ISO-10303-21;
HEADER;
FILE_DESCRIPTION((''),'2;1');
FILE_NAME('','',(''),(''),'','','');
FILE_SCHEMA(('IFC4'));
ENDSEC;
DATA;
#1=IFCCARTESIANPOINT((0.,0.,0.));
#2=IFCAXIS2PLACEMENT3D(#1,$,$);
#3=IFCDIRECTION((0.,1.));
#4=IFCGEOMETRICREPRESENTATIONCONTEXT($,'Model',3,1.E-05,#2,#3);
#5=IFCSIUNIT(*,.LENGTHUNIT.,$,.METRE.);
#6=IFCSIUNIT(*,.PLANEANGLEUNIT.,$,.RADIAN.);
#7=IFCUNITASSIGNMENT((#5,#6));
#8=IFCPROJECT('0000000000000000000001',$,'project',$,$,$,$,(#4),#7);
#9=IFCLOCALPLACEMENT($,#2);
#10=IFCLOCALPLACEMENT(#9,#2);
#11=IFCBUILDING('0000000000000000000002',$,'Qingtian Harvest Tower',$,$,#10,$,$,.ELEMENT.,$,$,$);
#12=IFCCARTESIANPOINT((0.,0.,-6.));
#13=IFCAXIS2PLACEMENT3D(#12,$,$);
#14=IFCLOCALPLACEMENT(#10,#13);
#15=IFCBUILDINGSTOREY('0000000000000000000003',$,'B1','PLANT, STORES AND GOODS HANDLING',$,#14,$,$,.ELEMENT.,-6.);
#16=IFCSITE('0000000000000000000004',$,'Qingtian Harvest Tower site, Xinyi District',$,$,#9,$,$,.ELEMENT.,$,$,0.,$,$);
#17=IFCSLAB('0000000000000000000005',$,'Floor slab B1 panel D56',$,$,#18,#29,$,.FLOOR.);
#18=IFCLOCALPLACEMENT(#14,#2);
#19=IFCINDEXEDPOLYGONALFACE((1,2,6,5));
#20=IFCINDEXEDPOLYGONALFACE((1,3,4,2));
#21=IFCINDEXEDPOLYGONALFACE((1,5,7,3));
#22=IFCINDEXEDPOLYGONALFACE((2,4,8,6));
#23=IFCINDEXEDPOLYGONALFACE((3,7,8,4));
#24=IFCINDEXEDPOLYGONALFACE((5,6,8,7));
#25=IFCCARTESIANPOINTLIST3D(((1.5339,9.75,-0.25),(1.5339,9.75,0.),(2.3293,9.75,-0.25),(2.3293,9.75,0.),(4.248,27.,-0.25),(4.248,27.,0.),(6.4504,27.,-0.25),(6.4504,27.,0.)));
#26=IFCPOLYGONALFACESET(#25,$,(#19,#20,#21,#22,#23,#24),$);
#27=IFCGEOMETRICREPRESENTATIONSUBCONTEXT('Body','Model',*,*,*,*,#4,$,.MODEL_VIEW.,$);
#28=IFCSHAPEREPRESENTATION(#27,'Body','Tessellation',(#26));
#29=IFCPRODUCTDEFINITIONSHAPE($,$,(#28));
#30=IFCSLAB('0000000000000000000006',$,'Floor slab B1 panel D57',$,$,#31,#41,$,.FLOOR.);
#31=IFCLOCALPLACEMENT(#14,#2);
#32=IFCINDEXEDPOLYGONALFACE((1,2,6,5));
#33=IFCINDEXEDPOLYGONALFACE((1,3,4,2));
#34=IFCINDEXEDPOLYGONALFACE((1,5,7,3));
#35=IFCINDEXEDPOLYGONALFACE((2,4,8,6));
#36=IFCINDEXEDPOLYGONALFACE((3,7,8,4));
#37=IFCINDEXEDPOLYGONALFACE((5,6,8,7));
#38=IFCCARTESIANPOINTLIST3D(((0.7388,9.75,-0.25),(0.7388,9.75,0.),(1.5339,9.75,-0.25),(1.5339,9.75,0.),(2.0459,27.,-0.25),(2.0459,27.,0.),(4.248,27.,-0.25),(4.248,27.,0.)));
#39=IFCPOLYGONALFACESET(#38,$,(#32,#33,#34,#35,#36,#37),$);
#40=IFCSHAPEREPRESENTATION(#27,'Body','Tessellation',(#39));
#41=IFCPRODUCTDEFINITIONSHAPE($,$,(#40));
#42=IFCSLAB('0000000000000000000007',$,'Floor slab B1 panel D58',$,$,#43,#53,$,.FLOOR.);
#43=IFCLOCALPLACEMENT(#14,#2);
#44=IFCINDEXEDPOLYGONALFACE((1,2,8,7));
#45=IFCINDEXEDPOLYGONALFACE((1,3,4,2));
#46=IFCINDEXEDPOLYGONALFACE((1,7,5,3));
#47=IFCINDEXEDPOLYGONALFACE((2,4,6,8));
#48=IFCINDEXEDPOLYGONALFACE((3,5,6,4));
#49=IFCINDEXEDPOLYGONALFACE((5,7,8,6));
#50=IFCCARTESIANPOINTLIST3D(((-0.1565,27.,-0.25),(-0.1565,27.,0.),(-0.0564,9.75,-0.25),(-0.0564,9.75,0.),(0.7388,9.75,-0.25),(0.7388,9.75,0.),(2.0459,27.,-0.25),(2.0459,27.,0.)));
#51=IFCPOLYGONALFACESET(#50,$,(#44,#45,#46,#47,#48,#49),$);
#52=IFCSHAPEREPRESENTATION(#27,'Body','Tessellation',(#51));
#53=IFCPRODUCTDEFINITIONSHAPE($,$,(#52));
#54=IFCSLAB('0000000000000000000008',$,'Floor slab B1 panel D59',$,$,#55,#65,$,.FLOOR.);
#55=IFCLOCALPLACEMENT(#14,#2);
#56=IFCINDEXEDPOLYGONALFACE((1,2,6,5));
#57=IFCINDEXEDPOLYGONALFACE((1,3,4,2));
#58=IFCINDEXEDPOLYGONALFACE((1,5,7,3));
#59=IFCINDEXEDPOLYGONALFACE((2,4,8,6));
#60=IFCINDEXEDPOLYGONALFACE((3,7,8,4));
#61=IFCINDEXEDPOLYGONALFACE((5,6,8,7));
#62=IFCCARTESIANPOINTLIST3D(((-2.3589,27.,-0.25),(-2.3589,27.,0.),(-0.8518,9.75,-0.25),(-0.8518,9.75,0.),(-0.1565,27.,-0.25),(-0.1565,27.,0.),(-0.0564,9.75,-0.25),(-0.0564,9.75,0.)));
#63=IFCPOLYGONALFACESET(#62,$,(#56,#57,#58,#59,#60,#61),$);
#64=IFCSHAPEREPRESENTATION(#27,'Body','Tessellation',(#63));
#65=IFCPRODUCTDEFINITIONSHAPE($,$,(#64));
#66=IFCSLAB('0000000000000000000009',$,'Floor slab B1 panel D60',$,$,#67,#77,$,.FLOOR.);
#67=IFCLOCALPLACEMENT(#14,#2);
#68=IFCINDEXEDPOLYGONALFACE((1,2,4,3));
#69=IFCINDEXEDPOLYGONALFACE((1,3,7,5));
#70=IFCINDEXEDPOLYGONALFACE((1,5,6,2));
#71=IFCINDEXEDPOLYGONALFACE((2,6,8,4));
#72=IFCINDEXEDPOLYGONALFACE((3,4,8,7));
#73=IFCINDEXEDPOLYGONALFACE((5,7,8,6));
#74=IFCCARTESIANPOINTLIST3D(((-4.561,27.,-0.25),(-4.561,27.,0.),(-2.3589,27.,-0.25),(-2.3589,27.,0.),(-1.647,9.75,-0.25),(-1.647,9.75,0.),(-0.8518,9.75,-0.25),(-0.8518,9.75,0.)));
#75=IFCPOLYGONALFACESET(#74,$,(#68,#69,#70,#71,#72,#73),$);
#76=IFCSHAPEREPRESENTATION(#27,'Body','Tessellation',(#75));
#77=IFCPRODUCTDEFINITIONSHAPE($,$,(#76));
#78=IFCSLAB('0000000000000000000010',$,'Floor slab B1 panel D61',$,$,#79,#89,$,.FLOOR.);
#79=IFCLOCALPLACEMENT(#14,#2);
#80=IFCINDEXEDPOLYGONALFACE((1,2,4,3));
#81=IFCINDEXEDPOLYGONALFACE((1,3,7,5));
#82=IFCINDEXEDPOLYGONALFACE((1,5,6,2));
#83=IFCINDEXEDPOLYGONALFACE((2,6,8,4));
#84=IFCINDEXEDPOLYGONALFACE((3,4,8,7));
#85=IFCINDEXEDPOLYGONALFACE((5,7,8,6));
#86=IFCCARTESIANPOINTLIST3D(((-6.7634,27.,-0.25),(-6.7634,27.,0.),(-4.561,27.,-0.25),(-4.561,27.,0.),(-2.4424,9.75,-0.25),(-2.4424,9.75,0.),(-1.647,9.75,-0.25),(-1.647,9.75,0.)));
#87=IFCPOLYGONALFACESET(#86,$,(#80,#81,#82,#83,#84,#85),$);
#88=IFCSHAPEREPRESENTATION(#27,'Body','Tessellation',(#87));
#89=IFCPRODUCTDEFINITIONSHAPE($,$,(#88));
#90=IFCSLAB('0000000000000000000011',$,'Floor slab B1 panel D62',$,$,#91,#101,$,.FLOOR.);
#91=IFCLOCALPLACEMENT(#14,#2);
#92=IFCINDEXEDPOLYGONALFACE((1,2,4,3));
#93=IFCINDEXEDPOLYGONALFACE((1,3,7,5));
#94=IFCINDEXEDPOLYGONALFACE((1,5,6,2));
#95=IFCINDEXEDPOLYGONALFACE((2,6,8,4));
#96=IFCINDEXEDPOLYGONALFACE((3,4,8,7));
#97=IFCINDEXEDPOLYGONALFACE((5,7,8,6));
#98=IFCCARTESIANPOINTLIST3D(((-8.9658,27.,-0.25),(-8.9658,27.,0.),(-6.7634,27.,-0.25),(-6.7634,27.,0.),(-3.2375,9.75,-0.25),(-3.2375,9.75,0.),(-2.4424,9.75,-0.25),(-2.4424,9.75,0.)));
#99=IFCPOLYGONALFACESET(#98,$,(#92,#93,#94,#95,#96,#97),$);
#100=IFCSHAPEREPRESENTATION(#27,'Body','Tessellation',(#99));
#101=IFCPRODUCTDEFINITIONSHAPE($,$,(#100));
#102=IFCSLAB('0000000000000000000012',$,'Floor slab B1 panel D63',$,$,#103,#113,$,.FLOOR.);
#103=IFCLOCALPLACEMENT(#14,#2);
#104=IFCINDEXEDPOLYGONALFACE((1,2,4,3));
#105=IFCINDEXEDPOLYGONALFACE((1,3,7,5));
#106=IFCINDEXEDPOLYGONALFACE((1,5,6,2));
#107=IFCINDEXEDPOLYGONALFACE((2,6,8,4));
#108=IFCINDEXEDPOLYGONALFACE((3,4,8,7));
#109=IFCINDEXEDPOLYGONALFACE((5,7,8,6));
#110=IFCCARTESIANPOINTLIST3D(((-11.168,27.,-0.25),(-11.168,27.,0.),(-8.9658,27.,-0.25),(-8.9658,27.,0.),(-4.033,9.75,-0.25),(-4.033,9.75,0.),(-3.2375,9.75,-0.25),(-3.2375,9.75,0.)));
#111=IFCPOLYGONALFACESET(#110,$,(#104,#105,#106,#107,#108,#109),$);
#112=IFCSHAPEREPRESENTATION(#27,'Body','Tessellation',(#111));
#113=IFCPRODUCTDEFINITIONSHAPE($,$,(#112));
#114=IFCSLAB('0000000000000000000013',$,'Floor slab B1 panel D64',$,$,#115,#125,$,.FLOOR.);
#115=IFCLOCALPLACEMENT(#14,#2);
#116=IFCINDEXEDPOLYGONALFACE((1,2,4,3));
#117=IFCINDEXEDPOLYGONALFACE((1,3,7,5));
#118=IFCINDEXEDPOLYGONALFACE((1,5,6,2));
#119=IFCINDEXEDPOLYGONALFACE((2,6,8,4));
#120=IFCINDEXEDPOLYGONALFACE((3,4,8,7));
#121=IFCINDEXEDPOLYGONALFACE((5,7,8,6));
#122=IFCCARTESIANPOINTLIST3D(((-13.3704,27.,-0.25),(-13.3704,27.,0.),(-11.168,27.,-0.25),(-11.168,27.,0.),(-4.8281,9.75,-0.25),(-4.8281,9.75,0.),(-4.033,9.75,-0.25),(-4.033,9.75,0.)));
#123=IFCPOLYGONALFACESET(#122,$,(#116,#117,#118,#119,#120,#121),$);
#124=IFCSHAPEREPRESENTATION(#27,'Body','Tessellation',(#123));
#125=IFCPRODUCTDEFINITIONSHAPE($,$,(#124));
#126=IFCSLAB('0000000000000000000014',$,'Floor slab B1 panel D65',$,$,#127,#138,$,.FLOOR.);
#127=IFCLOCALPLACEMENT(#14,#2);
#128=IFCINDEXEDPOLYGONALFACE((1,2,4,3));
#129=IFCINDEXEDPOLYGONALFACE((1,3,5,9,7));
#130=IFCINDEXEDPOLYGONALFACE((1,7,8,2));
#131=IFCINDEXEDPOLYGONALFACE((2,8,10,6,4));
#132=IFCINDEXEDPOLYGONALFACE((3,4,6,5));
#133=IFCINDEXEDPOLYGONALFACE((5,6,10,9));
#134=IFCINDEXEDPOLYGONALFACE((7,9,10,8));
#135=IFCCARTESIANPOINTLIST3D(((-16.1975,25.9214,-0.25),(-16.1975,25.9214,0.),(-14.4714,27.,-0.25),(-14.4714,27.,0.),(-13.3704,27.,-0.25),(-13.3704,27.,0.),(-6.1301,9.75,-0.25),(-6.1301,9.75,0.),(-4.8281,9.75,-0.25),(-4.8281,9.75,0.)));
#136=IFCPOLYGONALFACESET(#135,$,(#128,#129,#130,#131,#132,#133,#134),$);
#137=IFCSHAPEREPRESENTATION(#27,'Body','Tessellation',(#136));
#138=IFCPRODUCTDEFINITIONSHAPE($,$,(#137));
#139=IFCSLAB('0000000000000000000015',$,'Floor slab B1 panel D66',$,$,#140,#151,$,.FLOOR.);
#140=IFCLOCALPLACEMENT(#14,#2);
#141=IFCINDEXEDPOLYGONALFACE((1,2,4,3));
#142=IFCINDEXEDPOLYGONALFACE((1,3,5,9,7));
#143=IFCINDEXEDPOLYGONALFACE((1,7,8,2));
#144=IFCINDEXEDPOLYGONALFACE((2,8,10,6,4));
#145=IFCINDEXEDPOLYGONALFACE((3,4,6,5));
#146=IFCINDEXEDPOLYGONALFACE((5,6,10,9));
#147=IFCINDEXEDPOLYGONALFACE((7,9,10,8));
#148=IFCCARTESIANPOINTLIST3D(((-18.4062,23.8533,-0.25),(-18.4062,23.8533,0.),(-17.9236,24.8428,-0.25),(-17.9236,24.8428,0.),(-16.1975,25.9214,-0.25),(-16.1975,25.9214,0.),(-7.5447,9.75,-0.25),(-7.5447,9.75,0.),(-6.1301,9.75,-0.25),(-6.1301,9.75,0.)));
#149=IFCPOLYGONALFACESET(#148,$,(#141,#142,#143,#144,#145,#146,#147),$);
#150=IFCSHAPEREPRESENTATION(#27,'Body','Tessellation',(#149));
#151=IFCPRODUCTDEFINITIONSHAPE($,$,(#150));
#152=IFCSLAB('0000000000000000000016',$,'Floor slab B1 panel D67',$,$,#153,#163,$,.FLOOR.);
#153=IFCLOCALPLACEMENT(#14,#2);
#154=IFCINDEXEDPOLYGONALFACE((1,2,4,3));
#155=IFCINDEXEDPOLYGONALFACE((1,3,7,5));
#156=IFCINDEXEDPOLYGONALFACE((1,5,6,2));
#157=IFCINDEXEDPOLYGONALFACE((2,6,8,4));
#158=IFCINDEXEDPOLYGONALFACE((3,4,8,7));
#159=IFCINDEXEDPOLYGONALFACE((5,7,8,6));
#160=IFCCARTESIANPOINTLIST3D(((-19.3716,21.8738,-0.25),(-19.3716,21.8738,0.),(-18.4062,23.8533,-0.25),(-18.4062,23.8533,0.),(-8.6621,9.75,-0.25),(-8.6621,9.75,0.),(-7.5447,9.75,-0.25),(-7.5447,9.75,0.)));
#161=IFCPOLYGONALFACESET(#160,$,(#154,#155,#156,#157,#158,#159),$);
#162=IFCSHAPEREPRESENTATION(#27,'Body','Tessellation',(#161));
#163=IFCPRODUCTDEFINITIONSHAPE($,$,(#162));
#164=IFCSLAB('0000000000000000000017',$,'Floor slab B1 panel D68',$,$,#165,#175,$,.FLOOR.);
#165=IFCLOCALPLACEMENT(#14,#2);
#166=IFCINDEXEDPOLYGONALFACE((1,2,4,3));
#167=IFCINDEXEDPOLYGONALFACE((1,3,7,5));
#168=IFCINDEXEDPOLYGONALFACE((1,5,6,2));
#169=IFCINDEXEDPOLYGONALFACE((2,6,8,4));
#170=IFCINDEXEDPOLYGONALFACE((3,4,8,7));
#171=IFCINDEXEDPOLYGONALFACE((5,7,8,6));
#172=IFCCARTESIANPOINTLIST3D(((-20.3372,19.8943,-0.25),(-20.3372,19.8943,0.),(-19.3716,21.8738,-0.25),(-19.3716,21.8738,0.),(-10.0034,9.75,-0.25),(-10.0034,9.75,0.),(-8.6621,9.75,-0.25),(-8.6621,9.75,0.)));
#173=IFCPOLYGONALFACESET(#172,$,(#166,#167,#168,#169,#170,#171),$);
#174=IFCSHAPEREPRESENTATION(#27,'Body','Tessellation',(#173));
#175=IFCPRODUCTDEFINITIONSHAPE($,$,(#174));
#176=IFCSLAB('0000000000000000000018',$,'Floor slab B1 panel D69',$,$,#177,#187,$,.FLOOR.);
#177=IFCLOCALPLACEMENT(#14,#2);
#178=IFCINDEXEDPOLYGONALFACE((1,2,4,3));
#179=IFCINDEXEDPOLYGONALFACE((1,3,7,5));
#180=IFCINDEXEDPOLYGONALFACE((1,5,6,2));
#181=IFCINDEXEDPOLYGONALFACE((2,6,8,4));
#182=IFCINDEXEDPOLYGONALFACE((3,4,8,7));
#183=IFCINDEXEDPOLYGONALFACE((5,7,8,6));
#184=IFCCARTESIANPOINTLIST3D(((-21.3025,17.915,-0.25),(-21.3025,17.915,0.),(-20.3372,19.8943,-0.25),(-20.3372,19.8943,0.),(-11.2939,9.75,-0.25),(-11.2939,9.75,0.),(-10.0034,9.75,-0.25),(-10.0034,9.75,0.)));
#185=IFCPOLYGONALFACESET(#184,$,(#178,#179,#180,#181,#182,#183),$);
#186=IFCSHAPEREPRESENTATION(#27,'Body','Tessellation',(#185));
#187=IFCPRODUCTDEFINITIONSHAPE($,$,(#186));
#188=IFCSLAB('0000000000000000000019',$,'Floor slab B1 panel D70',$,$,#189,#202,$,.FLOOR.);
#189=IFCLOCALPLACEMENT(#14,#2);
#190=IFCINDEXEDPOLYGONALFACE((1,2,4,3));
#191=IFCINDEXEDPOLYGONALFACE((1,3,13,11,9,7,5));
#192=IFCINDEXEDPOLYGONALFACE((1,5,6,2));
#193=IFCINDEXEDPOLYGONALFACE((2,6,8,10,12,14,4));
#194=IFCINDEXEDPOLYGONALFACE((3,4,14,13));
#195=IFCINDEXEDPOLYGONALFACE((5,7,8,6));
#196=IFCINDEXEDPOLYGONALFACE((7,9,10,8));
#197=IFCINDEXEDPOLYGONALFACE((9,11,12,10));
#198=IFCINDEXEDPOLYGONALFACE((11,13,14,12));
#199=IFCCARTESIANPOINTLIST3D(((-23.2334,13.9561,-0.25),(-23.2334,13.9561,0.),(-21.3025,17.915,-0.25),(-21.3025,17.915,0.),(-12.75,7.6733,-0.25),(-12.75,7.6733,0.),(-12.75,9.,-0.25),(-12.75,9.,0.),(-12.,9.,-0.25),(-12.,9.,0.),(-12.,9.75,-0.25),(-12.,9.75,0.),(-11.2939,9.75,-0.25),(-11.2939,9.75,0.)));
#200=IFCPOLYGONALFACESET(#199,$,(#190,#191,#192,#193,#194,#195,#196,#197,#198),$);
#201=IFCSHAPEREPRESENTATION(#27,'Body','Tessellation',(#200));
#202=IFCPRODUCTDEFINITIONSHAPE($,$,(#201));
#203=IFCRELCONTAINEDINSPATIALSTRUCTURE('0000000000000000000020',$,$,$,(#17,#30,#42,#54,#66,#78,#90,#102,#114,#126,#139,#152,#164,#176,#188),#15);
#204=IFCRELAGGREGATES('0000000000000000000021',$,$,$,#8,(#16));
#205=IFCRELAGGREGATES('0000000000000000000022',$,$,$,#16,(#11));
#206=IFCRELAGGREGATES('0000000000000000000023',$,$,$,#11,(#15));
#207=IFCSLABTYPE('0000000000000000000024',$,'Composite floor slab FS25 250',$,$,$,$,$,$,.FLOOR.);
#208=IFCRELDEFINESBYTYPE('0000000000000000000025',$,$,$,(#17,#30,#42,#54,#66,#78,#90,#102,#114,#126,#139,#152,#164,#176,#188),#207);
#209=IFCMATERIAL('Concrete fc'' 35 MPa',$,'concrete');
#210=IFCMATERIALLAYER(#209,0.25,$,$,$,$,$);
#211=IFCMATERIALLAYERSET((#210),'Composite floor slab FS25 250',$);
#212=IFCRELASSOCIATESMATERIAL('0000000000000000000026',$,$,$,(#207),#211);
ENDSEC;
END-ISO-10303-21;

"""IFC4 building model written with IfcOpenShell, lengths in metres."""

from ifc_helpers import new_model, si_unit, direction, frame, origin, place, context, subcontext, project, spatial, polyline, outline, extrude, material, layer, layer_set, type_object, element, save


model = new_model("IFC4")

# Units and contexts
model_context = context("Model", 3, precision=1e-05, world=origin(), true_north=direction((0.0, 1.0)))
body_context = subcontext(model_context, "Body", "Model", "MODEL_VIEW")
ifc_project = project(units=[si_unit("LENGTHUNIT", "METRE"), si_unit("PLANEANGLEUNIT", "RADIAN")], contexts=[model_context])

# Site, building, storey
site_placement = place(None, origin())
site = spatial("IfcSite", under=ifc_project, at=site_placement, Name="Qingtian Harvest Tower site, Xinyi District", CompositionType="ELEMENT", RefElevation=0.0)
building_placement = place(site_placement, origin())
building = spatial("IfcBuilding", under=site, at=building_placement, Name="Qingtian Harvest Tower", CompositionType="ELEMENT")
storey_placement = place(building_placement, frame((0.0, 0.0, -6.0)))
storey = spatial("IfcBuildingStorey", under=building, at=storey_placement, Name="B1", Description="PLANT, STORES AND GOODS HANDLING", CompositionType="ELEMENT", Elevation=-6.0)

# Slabs
ifc_material_1 = material(Name="Concrete fc' 35 MPa", Category="concrete")
ifc_layer_1 = layer(ifc_material_1, 0.25)
ifc_layer_set_1 = layer_set([ifc_layer_1], Name="Composite floor slab FS25 250")
slab_type = type_object("IfcSlabType", Name="Composite floor slab FS25 250", PredefinedType="FLOOR", material=ifc_layer_set_1)
slab_1_placement = place(storey_placement, frame((0.0, 0.0, -0.25)))
element("IfcSlab", 1, at=slab_1_placement, inside=storey, type_object=slab_type, Name="Floor slab B1 panel D56", PredefinedType="FLOOR", context=body_context, shape_type="SweptSolid", body=[
    extrude(outline(polyline([(1.5339, 9.75), (4.248, 27.0), (6.4504, 27.0), (2.3293, 9.75), (1.5339, 9.75)])), origin(), (0.0, 0.0, 1.0), 0.25),
])
slab_2_placement = place(storey_placement, frame((0.0, 0.0, -0.25)))
element("IfcSlab", 2, at=slab_2_placement, inside=storey, type_object=slab_type, Name="Floor slab B1 panel D57", PredefinedType="FLOOR", context=body_context, shape_type="SweptSolid", body=[
    extrude(outline(polyline([(0.7388, 9.75), (2.0459, 27.0), (4.248, 27.0), (1.5339, 9.75), (0.7388, 9.75)])), origin(), (0.0, 0.0, 1.0), 0.25),
])
slab_3_placement = place(storey_placement, frame((0.0, 0.0, -0.25)))
element("IfcSlab", 3, at=slab_3_placement, inside=storey, type_object=slab_type, Name="Floor slab B1 panel D58", PredefinedType="FLOOR", context=body_context, shape_type="SweptSolid", body=[
    extrude(outline(polyline([(-0.0564, 9.75), (-0.1565, 27.0), (2.0459, 27.0), (0.7388, 9.75), (-0.0564, 9.75)])), origin(), (0.0, 0.0, 1.0), 0.25),
])
slab_4_placement = place(storey_placement, frame((0.0, 0.0, -0.25)))
element("IfcSlab", 4, at=slab_4_placement, inside=storey, type_object=slab_type, Name="Floor slab B1 panel D59", PredefinedType="FLOOR", context=body_context, shape_type="SweptSolid", body=[
    extrude(outline(polyline([(-0.8518, 9.75), (-2.3589, 27.0), (-0.1565, 27.0), (-0.0564, 9.75), (-0.8518, 9.75)])), origin(), (0.0, 0.0, 1.0), 0.25),
])
slab_5_placement = place(storey_placement, frame((0.0, 0.0, -0.25)))
element("IfcSlab", 5, at=slab_5_placement, inside=storey, type_object=slab_type, Name="Floor slab B1 panel D60", PredefinedType="FLOOR", context=body_context, shape_type="SweptSolid", body=[
    extrude(outline(polyline([(-1.647, 9.75), (-4.561, 27.0), (-2.3589, 27.0), (-0.8518, 9.75), (-1.647, 9.75)])), origin(), (0.0, 0.0, 1.0), 0.25),
])
slab_6_placement = place(storey_placement, frame((0.0, 0.0, -0.25)))
element("IfcSlab", 6, at=slab_6_placement, inside=storey, type_object=slab_type, Name="Floor slab B1 panel D61", PredefinedType="FLOOR", context=body_context, shape_type="SweptSolid", body=[
    extrude(outline(polyline([(-2.4424, 9.75), (-6.7634, 27.0), (-4.561, 27.0), (-1.647, 9.75), (-2.4424, 9.75)])), origin(), (0.0, 0.0, 1.0), 0.25),
])
slab_7_placement = place(storey_placement, frame((0.0, 0.0, -0.25)))
element("IfcSlab", 7, at=slab_7_placement, inside=storey, type_object=slab_type, Name="Floor slab B1 panel D62", PredefinedType="FLOOR", context=body_context, shape_type="SweptSolid", body=[
    extrude(outline(polyline([(-3.2375, 9.75), (-8.9658, 27.0), (-6.7634, 27.0), (-2.4424, 9.75), (-3.2375, 9.75)])), origin(), (0.0, 0.0, 1.0), 0.25),
])
slab_8_placement = place(storey_placement, frame((0.0, 0.0, -0.25)))
element("IfcSlab", 8, at=slab_8_placement, inside=storey, type_object=slab_type, Name="Floor slab B1 panel D63", PredefinedType="FLOOR", context=body_context, shape_type="SweptSolid", body=[
    extrude(outline(polyline([(-4.033, 9.75), (-11.168, 27.0), (-8.9658, 27.0), (-3.2375, 9.75), (-4.033, 9.75)])), origin(), (0.0, 0.0, 1.0), 0.25),
])
slab_9_placement = place(storey_placement, frame((0.0, 0.0, -0.25)))
element("IfcSlab", 9, at=slab_9_placement, inside=storey, type_object=slab_type, Name="Floor slab B1 panel D64", PredefinedType="FLOOR", context=body_context, shape_type="SweptSolid", body=[
    extrude(outline(polyline([(-4.8281, 9.75), (-13.3704, 27.0), (-11.168, 27.0), (-4.033, 9.75), (-4.8281, 9.75)])), origin(), (0.0, 0.0, 1.0), 0.25),
])
slab_10_placement = place(storey_placement, frame((0.0, 0.0, -0.25)))
element("IfcSlab", 10, at=slab_10_placement, inside=storey, type_object=slab_type, Name="Floor slab B1 panel D65", PredefinedType="FLOOR", context=body_context, shape_type="SweptSolid", body=[
    extrude(outline(polyline([(-4.8281, 9.75), (-6.1301, 9.75), (-16.1975, 25.9214), (-14.4714, 27.0), (-13.3704, 27.0), (-4.8281, 9.75)])), origin(), (0.0, 0.0, 1.0), 0.25),
])
slab_11_placement = place(storey_placement, frame((0.0, 0.0, -0.25)))
element("IfcSlab", 11, at=slab_11_placement, inside=storey, type_object=slab_type, Name="Floor slab B1 panel D66", PredefinedType="FLOOR", context=body_context, shape_type="SweptSolid", body=[
    extrude(outline(polyline([(-6.1301, 9.75), (-7.5447, 9.75), (-18.4062, 23.8533), (-17.9236, 24.8428), (-16.1975, 25.9214), (-6.1301, 9.75)])), origin(), (0.0, 0.0, 1.0), 0.25),
])
slab_12_placement = place(storey_placement, frame((0.0, 0.0, -0.25)))
element("IfcSlab", 12, at=slab_12_placement, inside=storey, type_object=slab_type, Name="Floor slab B1 panel D67", PredefinedType="FLOOR", context=body_context, shape_type="SweptSolid", body=[
    extrude(outline(polyline([(-8.6621, 9.75), (-19.3716, 21.8738), (-18.4062, 23.8533), (-7.5447, 9.75), (-8.6621, 9.75)])), origin(), (0.0, 0.0, 1.0), 0.25),
])
slab_13_placement = place(storey_placement, frame((0.0, 0.0, -0.25)))
element("IfcSlab", 13, at=slab_13_placement, inside=storey, type_object=slab_type, Name="Floor slab B1 panel D68", PredefinedType="FLOOR", context=body_context, shape_type="SweptSolid", body=[
    extrude(outline(polyline([(-10.0034, 9.75), (-20.3372, 19.8943), (-19.3716, 21.8738), (-8.6621, 9.75), (-10.0034, 9.75)])), origin(), (0.0, 0.0, 1.0), 0.25),
])
slab_14_placement = place(storey_placement, frame((0.0, 0.0, -0.25)))
element("IfcSlab", 14, at=slab_14_placement, inside=storey, type_object=slab_type, Name="Floor slab B1 panel D69", PredefinedType="FLOOR", context=body_context, shape_type="SweptSolid", body=[
    extrude(outline(polyline([(-11.2939, 9.75), (-21.3025, 17.915), (-20.3372, 19.8943), (-10.0034, 9.75), (-11.2939, 9.75)])), origin(), (0.0, 0.0, 1.0), 0.25),
])
slab_15_placement = place(storey_placement, frame((0.0, 0.0, -0.25)))
element("IfcSlab", 15, at=slab_15_placement, inside=storey, type_object=slab_type, Name="Floor slab B1 panel D70", PredefinedType="FLOOR", context=body_context, shape_type="SweptSolid", body=[
    extrude(outline(polyline([(-12.0, 9.0), (-12.75, 9.0), (-12.75, 7.6733), (-23.2334, 13.9561), (-21.3025, 17.915), (-11.2939, 9.75), (-12.0, 9.75), (-12.0, 9.0)])), origin(), (0.0, 0.0, 1.0), 0.25),
])

save(model, "model.ifc")
